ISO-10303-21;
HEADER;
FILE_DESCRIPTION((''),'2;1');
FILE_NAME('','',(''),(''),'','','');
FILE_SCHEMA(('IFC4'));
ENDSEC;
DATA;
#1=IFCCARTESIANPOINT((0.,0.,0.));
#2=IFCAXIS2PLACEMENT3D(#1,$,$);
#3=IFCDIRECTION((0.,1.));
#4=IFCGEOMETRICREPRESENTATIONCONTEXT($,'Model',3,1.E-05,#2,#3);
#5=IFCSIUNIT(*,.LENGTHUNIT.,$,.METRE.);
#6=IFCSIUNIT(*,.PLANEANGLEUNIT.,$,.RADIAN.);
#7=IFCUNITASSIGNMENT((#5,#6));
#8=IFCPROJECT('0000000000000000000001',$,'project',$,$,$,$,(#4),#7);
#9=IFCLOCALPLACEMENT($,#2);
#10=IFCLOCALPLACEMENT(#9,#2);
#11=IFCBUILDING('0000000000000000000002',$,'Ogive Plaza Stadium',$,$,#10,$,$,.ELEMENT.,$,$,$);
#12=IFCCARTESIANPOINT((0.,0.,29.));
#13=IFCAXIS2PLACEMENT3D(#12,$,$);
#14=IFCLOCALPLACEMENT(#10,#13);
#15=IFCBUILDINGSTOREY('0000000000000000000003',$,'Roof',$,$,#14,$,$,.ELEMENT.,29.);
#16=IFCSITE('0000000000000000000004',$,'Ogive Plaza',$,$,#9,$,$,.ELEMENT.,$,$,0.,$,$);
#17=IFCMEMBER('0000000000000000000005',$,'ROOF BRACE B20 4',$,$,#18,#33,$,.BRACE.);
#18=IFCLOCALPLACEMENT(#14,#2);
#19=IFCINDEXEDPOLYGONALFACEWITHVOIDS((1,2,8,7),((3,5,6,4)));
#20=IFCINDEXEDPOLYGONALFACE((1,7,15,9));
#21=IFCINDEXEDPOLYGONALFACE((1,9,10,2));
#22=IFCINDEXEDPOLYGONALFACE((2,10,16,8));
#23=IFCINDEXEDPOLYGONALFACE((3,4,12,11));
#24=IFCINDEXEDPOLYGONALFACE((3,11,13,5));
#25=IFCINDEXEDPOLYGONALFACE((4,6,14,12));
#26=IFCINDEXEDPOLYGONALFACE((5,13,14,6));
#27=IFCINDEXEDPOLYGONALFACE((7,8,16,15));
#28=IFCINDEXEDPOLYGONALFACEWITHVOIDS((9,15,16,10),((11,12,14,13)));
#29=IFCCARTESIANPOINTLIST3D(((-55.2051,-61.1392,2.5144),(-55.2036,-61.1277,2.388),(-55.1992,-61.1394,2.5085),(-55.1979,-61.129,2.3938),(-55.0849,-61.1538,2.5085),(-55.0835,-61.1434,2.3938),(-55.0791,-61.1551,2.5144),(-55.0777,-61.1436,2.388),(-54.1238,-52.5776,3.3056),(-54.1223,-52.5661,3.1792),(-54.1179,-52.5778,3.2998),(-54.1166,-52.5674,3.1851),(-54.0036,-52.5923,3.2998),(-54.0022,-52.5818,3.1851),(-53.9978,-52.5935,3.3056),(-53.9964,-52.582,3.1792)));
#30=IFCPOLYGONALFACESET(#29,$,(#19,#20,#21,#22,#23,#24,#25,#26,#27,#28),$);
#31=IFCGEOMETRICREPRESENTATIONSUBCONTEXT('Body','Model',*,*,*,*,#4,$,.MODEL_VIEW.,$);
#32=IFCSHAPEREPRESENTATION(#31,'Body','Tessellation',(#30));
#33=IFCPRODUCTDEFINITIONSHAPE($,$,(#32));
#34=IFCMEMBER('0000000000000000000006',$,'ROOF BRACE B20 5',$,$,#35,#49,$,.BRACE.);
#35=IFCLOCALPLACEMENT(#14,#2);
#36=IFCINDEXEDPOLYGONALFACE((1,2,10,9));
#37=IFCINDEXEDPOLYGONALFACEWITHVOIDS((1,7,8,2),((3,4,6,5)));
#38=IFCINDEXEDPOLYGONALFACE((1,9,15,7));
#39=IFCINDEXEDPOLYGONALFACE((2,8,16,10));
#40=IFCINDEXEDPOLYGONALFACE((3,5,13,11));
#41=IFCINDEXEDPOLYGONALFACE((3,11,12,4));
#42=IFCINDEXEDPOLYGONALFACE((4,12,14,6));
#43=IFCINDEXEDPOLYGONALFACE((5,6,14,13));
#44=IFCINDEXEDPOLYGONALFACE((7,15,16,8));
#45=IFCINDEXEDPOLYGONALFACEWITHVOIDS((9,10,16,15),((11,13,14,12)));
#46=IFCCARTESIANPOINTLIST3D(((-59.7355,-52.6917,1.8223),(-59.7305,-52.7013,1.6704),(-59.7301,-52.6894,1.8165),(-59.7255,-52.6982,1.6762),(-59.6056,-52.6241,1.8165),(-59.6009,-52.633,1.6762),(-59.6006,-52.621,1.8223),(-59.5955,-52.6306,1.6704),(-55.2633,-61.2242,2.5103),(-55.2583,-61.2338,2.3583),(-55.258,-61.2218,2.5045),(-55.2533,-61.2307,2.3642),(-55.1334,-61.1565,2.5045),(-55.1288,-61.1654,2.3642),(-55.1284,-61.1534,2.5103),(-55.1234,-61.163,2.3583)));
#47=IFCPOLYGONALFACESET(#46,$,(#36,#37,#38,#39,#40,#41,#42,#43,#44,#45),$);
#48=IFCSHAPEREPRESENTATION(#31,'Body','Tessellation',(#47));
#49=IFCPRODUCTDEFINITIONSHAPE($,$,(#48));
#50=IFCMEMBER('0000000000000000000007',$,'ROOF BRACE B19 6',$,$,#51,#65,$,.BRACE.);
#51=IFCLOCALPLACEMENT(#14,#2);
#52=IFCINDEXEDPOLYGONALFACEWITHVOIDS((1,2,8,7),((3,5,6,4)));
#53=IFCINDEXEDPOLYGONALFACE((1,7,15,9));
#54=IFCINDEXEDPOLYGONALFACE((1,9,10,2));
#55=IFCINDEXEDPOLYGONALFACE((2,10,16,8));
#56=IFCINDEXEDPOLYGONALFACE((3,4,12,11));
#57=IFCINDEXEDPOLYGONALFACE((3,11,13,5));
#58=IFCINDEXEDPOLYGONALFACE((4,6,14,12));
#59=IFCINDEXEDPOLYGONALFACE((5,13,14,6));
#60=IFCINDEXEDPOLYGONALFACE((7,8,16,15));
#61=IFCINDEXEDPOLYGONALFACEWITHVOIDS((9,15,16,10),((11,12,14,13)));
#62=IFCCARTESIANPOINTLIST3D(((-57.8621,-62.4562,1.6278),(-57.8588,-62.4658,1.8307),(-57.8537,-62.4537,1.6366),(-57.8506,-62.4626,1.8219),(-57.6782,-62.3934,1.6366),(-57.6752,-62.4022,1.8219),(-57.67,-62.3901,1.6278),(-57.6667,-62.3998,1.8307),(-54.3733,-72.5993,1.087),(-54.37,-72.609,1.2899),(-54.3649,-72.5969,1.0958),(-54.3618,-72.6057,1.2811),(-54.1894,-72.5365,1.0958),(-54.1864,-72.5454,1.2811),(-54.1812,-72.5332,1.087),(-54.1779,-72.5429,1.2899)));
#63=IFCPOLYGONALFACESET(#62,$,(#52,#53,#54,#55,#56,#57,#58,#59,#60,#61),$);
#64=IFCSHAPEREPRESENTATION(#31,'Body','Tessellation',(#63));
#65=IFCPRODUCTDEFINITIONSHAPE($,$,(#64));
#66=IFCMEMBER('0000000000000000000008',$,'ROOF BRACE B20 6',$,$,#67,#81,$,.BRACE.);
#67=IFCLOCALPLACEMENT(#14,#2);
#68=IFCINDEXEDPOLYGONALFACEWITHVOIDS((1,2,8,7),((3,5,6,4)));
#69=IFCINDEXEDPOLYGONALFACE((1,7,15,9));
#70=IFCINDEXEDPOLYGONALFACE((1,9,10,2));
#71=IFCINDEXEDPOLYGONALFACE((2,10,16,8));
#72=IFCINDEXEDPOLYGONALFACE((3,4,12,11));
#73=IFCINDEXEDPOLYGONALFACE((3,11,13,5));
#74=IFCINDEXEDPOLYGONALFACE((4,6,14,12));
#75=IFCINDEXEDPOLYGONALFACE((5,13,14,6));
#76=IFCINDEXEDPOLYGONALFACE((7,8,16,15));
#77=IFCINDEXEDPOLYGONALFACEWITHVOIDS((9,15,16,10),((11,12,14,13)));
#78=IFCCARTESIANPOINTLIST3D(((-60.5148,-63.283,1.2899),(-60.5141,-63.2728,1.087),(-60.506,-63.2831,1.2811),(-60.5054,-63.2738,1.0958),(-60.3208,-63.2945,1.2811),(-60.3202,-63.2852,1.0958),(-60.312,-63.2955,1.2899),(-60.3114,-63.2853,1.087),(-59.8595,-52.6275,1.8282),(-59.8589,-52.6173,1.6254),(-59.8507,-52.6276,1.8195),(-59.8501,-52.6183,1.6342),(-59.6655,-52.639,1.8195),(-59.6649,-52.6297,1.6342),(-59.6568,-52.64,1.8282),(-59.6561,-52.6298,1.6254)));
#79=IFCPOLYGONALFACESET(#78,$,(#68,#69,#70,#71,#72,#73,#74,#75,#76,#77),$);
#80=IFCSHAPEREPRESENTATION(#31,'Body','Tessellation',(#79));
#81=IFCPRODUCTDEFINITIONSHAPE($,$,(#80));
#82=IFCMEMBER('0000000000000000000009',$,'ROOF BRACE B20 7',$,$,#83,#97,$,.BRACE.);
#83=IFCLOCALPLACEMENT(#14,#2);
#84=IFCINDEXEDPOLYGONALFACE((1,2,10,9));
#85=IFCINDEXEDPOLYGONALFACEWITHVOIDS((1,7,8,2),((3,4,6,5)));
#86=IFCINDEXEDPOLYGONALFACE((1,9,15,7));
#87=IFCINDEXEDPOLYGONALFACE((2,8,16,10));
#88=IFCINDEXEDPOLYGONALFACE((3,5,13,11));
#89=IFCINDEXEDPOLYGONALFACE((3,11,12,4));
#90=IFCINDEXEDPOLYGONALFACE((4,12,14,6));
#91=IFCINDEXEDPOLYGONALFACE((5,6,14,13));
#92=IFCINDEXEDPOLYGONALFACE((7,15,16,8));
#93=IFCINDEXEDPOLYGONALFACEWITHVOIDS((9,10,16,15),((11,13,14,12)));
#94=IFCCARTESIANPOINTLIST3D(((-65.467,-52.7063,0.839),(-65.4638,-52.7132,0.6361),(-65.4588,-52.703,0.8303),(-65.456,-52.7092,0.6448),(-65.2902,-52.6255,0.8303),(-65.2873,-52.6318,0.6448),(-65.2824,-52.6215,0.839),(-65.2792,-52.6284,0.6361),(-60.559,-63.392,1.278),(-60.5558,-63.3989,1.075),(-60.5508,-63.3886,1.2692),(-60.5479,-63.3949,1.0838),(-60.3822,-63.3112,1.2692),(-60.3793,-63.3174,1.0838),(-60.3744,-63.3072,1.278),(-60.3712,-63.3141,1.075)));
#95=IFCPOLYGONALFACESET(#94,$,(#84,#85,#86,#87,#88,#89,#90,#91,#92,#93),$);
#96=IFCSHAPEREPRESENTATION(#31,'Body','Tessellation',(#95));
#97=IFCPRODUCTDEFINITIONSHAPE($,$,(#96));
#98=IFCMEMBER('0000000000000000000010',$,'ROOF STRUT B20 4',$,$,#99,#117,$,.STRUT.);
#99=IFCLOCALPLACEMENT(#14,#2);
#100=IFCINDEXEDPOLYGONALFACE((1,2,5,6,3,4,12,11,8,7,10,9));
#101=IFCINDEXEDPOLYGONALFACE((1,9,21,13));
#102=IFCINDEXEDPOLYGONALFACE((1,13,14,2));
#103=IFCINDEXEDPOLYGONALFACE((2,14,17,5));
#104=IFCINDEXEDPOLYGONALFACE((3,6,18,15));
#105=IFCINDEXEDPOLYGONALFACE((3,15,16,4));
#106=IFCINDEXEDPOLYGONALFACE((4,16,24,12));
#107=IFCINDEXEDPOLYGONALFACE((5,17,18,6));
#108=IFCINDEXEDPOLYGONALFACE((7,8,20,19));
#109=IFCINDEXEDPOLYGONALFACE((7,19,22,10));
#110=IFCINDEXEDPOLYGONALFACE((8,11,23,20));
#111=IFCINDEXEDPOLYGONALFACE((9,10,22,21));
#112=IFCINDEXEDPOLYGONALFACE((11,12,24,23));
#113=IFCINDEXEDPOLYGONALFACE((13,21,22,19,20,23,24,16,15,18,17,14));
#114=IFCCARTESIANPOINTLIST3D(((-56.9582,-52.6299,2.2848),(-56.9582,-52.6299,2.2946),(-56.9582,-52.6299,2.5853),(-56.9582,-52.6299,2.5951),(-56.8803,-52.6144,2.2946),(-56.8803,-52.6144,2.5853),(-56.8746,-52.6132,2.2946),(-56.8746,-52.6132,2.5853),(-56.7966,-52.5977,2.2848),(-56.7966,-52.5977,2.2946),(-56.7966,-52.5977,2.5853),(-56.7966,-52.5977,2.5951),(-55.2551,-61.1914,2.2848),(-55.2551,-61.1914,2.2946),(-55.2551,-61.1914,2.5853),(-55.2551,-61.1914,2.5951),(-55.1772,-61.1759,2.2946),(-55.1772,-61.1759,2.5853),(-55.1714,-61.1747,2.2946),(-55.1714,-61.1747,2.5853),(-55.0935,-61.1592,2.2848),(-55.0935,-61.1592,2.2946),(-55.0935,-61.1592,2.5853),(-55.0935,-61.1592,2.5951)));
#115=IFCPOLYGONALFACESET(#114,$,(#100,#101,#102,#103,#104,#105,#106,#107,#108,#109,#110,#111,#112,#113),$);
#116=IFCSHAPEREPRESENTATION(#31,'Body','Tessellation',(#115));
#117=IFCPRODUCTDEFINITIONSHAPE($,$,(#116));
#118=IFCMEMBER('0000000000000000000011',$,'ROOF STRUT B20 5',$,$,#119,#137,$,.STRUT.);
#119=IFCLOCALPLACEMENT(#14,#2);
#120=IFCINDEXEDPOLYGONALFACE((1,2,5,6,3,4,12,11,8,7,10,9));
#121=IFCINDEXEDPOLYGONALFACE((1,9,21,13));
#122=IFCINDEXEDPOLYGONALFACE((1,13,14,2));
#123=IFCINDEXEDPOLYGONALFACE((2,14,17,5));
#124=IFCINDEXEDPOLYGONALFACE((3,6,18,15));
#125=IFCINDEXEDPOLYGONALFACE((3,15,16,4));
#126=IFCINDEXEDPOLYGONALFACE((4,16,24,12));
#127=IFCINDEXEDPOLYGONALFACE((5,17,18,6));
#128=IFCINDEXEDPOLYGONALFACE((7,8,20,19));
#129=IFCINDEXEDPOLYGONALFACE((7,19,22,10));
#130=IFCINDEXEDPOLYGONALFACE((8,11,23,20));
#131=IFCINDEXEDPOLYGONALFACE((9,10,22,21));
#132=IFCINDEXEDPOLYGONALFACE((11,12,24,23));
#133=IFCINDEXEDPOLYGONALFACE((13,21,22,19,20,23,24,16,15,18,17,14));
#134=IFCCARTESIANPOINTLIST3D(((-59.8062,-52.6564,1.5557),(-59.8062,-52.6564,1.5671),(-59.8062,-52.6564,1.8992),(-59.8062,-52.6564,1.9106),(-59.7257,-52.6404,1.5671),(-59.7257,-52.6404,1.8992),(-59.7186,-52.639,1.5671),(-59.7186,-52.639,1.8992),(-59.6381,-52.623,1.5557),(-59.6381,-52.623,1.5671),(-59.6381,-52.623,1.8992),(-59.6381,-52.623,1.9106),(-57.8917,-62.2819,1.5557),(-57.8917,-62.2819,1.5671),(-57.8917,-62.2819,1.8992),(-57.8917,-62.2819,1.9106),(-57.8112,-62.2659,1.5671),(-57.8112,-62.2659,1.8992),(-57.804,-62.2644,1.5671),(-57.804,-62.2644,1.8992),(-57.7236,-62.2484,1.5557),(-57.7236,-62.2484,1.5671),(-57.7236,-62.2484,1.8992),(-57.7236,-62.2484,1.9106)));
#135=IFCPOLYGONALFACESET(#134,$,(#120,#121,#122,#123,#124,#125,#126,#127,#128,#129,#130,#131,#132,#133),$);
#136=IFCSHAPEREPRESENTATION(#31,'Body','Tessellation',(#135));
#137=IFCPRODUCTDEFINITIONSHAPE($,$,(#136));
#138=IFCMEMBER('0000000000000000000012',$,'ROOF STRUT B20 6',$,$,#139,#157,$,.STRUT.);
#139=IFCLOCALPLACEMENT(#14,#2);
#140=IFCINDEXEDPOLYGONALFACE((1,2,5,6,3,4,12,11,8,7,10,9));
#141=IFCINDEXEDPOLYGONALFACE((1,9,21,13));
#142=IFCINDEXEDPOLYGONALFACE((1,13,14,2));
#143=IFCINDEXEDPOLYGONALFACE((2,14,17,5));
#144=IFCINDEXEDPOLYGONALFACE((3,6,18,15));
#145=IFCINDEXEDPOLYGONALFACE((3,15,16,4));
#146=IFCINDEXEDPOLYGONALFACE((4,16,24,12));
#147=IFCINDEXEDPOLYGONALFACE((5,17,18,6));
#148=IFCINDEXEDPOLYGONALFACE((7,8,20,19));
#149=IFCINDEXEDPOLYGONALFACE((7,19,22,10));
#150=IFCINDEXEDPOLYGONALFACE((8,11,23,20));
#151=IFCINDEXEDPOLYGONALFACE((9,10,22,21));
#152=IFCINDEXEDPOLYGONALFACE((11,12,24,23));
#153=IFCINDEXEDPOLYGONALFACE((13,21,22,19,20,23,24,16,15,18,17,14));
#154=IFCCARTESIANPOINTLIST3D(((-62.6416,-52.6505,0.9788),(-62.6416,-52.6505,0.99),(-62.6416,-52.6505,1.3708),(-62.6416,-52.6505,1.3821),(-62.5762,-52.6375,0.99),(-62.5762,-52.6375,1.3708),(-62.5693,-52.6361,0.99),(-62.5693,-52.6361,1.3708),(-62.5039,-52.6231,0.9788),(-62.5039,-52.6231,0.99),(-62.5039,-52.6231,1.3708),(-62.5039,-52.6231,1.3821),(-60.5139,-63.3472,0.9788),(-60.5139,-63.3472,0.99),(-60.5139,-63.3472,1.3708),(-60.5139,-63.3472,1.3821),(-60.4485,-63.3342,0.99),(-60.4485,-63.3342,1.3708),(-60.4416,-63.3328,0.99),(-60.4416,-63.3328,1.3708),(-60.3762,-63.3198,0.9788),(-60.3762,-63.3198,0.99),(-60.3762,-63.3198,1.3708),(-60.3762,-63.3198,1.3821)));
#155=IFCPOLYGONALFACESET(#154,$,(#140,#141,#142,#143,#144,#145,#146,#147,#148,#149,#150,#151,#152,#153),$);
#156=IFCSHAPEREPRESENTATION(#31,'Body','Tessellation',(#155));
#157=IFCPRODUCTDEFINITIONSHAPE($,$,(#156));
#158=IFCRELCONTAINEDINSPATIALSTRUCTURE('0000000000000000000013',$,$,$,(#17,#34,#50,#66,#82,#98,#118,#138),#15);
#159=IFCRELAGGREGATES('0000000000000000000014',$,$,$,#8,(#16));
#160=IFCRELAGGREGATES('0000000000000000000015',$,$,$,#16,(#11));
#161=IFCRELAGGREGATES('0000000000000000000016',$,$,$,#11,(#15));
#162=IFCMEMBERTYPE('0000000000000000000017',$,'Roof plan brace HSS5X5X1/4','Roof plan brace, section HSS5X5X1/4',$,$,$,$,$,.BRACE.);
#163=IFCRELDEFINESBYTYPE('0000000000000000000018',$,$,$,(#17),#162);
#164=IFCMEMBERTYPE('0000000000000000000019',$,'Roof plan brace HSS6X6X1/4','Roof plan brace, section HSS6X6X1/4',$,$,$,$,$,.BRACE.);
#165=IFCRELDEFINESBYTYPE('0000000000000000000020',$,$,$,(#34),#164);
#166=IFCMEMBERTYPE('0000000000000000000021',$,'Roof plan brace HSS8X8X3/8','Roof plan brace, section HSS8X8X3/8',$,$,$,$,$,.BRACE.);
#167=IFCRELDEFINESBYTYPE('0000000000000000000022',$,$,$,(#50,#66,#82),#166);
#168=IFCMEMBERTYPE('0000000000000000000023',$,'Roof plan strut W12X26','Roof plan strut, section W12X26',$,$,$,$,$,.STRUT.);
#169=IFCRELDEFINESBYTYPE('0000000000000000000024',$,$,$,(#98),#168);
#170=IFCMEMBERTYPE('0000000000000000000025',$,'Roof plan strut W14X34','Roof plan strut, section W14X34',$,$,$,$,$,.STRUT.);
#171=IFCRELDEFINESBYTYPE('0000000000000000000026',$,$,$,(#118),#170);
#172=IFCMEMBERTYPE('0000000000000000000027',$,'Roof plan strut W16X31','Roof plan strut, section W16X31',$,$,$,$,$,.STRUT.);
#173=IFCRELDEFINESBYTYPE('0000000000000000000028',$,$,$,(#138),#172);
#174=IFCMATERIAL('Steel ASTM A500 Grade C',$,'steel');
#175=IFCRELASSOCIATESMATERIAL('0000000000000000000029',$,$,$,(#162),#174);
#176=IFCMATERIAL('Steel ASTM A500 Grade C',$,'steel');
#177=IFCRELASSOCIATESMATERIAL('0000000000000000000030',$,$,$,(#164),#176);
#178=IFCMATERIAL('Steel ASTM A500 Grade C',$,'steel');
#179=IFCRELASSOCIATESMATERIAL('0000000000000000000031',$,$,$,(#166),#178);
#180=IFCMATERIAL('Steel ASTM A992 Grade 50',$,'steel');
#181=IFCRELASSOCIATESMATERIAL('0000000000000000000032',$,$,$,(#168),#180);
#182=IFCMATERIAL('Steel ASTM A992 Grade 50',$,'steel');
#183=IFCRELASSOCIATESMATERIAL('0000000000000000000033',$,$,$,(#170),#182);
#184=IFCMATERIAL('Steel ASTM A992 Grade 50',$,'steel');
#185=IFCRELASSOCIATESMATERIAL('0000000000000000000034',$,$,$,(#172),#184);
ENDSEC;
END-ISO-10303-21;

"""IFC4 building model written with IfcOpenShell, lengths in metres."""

from ifc_helpers import new_model, si_unit, direction, frame, origin, origin_2d, place, context, subcontext, project, spatial, hollow_rectangle, i_section, extrude, material, material_profile, profile_set, type_object, element, save


model = new_model("IFC4")

# Units and contexts
model_context = context("Model", 3, precision=1e-05, world=origin(), true_north=direction((0.0, 1.0)))
body_context = subcontext(model_context, "Body", "Model", "MODEL_VIEW")
ifc_project = project(units=[si_unit("LENGTHUNIT", "METRE"), si_unit("PLANEANGLEUNIT", "RADIAN")], contexts=[model_context])

# Site, building, storey
site_placement = place(None, origin())
site = spatial("IfcSite", under=ifc_project, at=site_placement, Name="Ogive Plaza", CompositionType="ELEMENT", RefElevation=0.0)
building_placement = place(site_placement, origin())
building = spatial("IfcBuilding", under=site, at=building_placement, Name="Ogive Plaza Stadium", CompositionType="ELEMENT")
storey_placement = place(building_placement, frame((0.0, 0.0, 29.0)))
storey = spatial("IfcBuildingStorey", under=building, at=storey_placement, Name="Roof", CompositionType="ELEMENT", Elevation=29.0)

# Members
ifc_material_1 = material(Name="Steel ASTM A500 Grade C", Category="steel")
ifc_material_profile_1 = material_profile(ifc_material_1, hollow_rectangle(XDim=0.127, YDim=0.127, WallThickness=0.0059, at=origin_2d()), Name="HSS5X5X1/4")
ifc_profile_set_1 = profile_set([ifc_material_profile_1], Name="Steel ASTM A500 Grade C")
member_type_1 = type_object("IfcMemberType", Name="Roof plan brace HSS5X5X1/4", Description="Roof plan brace, section HSS5X5X1/4", PredefinedType="BRACE", material=ifc_profile_set_1)
member_1_placement = place(storey_placement, frame((-54.0601, -52.5798, 3.2424), z_axis=(-0.124779, -0.987974, -0.091309), x_axis=(0.992119, -0.125302, 0.0)))
element("IfcMember", 1, at=member_1_placement, inside=storey, type_object=member_type_1, Name="ROOF BRACE B20 4", PredefinedType="BRACE", context=body_context, shape_type="SweptSolid", body=[
    extrude(hollow_rectangle(XDim=0.127, YDim=0.127, WallThickness=0.0059, at=origin_2d()), origin(), (0.0, 0.0, 1.0), 8.6658),
])
ifc_material_2 = material(Name="Steel ASTM A500 Grade C", Category="steel")
ifc_material_profile_2 = material_profile(ifc_material_2, hollow_rectangle(XDim=0.1523, YDim=0.1523, WallThickness=0.0059, at=origin_2d()), Name="HSS6X6X1/4")
ifc_profile_set_2 = profile_set([ifc_material_profile_2], Name="Steel ASTM A500 Grade C")
member_type_2 = type_object("IfcMemberType", Name="Roof plan brace HSS6X6X1/4", Description="Roof plan brace, section HSS6X6X1/4", PredefinedType="BRACE", material=ifc_profile_set_2)
member_2_placement = place(storey_placement, frame((-55.1934, -61.1936, 2.4343), z_axis=(-0.463054, 0.883463, -0.071235), x_axis=(-0.885713, -0.464233, 0.0)))
element("IfcMember", 2, at=member_2_placement, inside=storey, type_object=member_type_2, Name="ROOF BRACE B20 5", PredefinedType="BRACE", context=body_context, shape_type="SweptSolid", body=[
    extrude(hollow_rectangle(XDim=0.1523, YDim=0.1523, WallThickness=0.0059, at=origin_2d()), origin(), (0.0, 0.0, 1.0), 9.658),
])
ifc_material_3 = material(Name="Steel ASTM A500 Grade C", Category="steel")
ifc_material_profile_3 = material_profile(ifc_material_3, hollow_rectangle(XDim=0.2031, YDim=0.2031, WallThickness=0.0088, at=origin_2d()), Name="HSS8X8X3/8")
ifc_profile_set_3 = profile_set([ifc_material_profile_3], Name="Steel ASTM A500 Grade C")
member_type_3 = type_object("IfcMemberType", Name="Roof plan brace HSS8X8X3/8", Description="Roof plan brace, section HSS8X8X3/8", PredefinedType="BRACE", material=ifc_profile_set_3)
member_3_placement = place(storey_placement, frame((-57.7644, -62.428, 1.7292), z_axis=(0.324841, -0.944427, -0.050352), x_axis=(0.945627, 0.325254, 0.0)))
element("IfcMember", 3, at=member_3_placement, inside=storey, type_object=member_type_3, Name="ROOF BRACE B19 6", PredefinedType="BRACE", context=body_context, shape_type="SweptSolid", body=[
    extrude(hollow_rectangle(XDim=0.2031, YDim=0.2031, WallThickness=0.0088, at=origin_2d()), origin(), (0.0, 0.0, 1.0), 10.74),
])
member_4_placement = place(storey_placement, frame((-59.7578, -52.6287, 1.7268), z_axis=(-0.061302, -0.996848, -0.050362), x_axis=(0.998114, -0.06138, 0.0)))
element("IfcMember", 4, at=member_4_placement, inside=storey, type_object=member_type_3, Name="ROOF BRACE B20 6", PredefinedType="BRACE", context=body_context, shape_type="SweptSolid", body=[
    extrude(hollow_rectangle(XDim=0.2031, YDim=0.2031, WallThickness=0.0088, at=origin_2d()), origin(), (0.0, 0.0, 1.0), 10.6892),
])
member_5_placement = place(storey_placement, frame((-60.4651, -63.353, 1.1765), z_axis=(-0.417096, 0.908096, -0.037305), x_axis=(-0.908729, -0.417387, 0.0)))
element("IfcMember", 5, at=member_5_placement, inside=storey, type_object=member_type_3, Name="ROOF BRACE B20 7", PredefinedType="BRACE", context=body_context, shape_type="SweptSolid", body=[
    extrude(hollow_rectangle(XDim=0.2031, YDim=0.2031, WallThickness=0.0088, at=origin_2d()), origin(), (0.0, 0.0, 1.0), 11.7671),
])
ifc_material_4 = material(Name="Steel ASTM A992 Grade 50", Category="steel")
ifc_material_profile_4 = material_profile(ifc_material_4, i_section(OverallWidth=0.1648, OverallDepth=0.3103, WebThickness=0.0059, FlangeThickness=0.0098, at=origin_2d()), Name="W12X26")
ifc_profile_set_4 = profile_set([ifc_material_profile_4], Name="Steel ASTM A992 Grade 50")
member_type_4 = type_object("IfcMemberType", Name="Roof plan strut W12X26", Description="Roof plan strut, section W12X26", PredefinedType="STRUT", material=ifc_profile_set_4)
member_6_placement = place(storey_placement, frame((-55.1743, -61.1753, 2.4399), z_axis=(-0.195105, 0.980782, 0.0), x_axis=(-0.980782, -0.195105, 0.0)))
element("IfcMember", 6, at=member_6_placement, inside=storey, type_object=member_type_4, Name="ROOF STRUT B20 4", PredefinedType="STRUT", context=body_context, shape_type="SweptSolid", body=[
    extrude(i_section(OverallWidth=0.1648, OverallDepth=0.3103, WebThickness=0.0059, FlangeThickness=0.0098, at=origin_2d()), origin(), (0.0, 0.0, 1.0), 8.7292),
])
ifc_material_5 = material(Name="Steel ASTM A992 Grade 50", Category="steel")
ifc_material_profile_5 = material_profile(ifc_material_5, i_section(OverallWidth=0.1714, OverallDepth=0.355, WebThickness=0.0073, FlangeThickness=0.0115, at=origin_2d()), Name="W14X34")
ifc_profile_set_5 = profile_set([ifc_material_profile_5], Name="Steel ASTM A992 Grade 50")
member_type_5 = type_object("IfcMemberType", Name="Roof plan strut W14X34", Description="Roof plan strut, section W14X34", PredefinedType="STRUT", material=ifc_profile_set_5)
member_7_placement = place(storey_placement, frame((-57.8076, -62.2651, 1.7332), z_axis=(-0.195083, 0.980787, 0.0), x_axis=(-0.980787, -0.195083, 0.0)))
element("IfcMember", 7, at=member_7_placement, inside=storey, type_object=member_type_5, Name="ROOF STRUT B20 5", PredefinedType="STRUT", context=body_context, shape_type="SweptSolid", body=[
    extrude(i_section(OverallWidth=0.1714, OverallDepth=0.355, WebThickness=0.0073, FlangeThickness=0.0115, at=origin_2d()), origin(), (0.0, 0.0, 1.0), 9.814),
])
ifc_material_6 = material(Name="Steel ASTM A992 Grade 50", Category="steel")
ifc_material_profile_6 = material_profile(ifc_material_6, i_section(OverallWidth=0.1404, OverallDepth=0.4033, WebThickness=0.0071, FlangeThickness=0.0112, at=origin_2d()), Name="W16X31")
ifc_profile_set_6 = profile_set([ifc_material_profile_6], Name="Steel ASTM A992 Grade 50")
member_type_6 = type_object("IfcMemberType", Name="Roof plan strut W16X31", Description="Roof plan strut, section W16X31", PredefinedType="STRUT", material=ifc_profile_set_6)
member_8_placement = place(storey_placement, frame((-60.4451, -63.3335, 1.1804), z_axis=(-0.195087, 0.980786, 0.0), x_axis=(-0.980786, -0.195087, 0.0)))
element("IfcMember", 8, at=member_8_placement, inside=storey, type_object=member_type_6, Name="ROOF STRUT B20 6", PredefinedType="STRUT", context=body_context, shape_type="SweptSolid", body=[
    extrude(i_section(OverallWidth=0.1404, OverallDepth=0.4033, WebThickness=0.0071, FlangeThickness=0.0112, at=origin_2d()), origin(), (0.0, 0.0, 1.0), 10.9062),
])

save(model, "model.ifc")
